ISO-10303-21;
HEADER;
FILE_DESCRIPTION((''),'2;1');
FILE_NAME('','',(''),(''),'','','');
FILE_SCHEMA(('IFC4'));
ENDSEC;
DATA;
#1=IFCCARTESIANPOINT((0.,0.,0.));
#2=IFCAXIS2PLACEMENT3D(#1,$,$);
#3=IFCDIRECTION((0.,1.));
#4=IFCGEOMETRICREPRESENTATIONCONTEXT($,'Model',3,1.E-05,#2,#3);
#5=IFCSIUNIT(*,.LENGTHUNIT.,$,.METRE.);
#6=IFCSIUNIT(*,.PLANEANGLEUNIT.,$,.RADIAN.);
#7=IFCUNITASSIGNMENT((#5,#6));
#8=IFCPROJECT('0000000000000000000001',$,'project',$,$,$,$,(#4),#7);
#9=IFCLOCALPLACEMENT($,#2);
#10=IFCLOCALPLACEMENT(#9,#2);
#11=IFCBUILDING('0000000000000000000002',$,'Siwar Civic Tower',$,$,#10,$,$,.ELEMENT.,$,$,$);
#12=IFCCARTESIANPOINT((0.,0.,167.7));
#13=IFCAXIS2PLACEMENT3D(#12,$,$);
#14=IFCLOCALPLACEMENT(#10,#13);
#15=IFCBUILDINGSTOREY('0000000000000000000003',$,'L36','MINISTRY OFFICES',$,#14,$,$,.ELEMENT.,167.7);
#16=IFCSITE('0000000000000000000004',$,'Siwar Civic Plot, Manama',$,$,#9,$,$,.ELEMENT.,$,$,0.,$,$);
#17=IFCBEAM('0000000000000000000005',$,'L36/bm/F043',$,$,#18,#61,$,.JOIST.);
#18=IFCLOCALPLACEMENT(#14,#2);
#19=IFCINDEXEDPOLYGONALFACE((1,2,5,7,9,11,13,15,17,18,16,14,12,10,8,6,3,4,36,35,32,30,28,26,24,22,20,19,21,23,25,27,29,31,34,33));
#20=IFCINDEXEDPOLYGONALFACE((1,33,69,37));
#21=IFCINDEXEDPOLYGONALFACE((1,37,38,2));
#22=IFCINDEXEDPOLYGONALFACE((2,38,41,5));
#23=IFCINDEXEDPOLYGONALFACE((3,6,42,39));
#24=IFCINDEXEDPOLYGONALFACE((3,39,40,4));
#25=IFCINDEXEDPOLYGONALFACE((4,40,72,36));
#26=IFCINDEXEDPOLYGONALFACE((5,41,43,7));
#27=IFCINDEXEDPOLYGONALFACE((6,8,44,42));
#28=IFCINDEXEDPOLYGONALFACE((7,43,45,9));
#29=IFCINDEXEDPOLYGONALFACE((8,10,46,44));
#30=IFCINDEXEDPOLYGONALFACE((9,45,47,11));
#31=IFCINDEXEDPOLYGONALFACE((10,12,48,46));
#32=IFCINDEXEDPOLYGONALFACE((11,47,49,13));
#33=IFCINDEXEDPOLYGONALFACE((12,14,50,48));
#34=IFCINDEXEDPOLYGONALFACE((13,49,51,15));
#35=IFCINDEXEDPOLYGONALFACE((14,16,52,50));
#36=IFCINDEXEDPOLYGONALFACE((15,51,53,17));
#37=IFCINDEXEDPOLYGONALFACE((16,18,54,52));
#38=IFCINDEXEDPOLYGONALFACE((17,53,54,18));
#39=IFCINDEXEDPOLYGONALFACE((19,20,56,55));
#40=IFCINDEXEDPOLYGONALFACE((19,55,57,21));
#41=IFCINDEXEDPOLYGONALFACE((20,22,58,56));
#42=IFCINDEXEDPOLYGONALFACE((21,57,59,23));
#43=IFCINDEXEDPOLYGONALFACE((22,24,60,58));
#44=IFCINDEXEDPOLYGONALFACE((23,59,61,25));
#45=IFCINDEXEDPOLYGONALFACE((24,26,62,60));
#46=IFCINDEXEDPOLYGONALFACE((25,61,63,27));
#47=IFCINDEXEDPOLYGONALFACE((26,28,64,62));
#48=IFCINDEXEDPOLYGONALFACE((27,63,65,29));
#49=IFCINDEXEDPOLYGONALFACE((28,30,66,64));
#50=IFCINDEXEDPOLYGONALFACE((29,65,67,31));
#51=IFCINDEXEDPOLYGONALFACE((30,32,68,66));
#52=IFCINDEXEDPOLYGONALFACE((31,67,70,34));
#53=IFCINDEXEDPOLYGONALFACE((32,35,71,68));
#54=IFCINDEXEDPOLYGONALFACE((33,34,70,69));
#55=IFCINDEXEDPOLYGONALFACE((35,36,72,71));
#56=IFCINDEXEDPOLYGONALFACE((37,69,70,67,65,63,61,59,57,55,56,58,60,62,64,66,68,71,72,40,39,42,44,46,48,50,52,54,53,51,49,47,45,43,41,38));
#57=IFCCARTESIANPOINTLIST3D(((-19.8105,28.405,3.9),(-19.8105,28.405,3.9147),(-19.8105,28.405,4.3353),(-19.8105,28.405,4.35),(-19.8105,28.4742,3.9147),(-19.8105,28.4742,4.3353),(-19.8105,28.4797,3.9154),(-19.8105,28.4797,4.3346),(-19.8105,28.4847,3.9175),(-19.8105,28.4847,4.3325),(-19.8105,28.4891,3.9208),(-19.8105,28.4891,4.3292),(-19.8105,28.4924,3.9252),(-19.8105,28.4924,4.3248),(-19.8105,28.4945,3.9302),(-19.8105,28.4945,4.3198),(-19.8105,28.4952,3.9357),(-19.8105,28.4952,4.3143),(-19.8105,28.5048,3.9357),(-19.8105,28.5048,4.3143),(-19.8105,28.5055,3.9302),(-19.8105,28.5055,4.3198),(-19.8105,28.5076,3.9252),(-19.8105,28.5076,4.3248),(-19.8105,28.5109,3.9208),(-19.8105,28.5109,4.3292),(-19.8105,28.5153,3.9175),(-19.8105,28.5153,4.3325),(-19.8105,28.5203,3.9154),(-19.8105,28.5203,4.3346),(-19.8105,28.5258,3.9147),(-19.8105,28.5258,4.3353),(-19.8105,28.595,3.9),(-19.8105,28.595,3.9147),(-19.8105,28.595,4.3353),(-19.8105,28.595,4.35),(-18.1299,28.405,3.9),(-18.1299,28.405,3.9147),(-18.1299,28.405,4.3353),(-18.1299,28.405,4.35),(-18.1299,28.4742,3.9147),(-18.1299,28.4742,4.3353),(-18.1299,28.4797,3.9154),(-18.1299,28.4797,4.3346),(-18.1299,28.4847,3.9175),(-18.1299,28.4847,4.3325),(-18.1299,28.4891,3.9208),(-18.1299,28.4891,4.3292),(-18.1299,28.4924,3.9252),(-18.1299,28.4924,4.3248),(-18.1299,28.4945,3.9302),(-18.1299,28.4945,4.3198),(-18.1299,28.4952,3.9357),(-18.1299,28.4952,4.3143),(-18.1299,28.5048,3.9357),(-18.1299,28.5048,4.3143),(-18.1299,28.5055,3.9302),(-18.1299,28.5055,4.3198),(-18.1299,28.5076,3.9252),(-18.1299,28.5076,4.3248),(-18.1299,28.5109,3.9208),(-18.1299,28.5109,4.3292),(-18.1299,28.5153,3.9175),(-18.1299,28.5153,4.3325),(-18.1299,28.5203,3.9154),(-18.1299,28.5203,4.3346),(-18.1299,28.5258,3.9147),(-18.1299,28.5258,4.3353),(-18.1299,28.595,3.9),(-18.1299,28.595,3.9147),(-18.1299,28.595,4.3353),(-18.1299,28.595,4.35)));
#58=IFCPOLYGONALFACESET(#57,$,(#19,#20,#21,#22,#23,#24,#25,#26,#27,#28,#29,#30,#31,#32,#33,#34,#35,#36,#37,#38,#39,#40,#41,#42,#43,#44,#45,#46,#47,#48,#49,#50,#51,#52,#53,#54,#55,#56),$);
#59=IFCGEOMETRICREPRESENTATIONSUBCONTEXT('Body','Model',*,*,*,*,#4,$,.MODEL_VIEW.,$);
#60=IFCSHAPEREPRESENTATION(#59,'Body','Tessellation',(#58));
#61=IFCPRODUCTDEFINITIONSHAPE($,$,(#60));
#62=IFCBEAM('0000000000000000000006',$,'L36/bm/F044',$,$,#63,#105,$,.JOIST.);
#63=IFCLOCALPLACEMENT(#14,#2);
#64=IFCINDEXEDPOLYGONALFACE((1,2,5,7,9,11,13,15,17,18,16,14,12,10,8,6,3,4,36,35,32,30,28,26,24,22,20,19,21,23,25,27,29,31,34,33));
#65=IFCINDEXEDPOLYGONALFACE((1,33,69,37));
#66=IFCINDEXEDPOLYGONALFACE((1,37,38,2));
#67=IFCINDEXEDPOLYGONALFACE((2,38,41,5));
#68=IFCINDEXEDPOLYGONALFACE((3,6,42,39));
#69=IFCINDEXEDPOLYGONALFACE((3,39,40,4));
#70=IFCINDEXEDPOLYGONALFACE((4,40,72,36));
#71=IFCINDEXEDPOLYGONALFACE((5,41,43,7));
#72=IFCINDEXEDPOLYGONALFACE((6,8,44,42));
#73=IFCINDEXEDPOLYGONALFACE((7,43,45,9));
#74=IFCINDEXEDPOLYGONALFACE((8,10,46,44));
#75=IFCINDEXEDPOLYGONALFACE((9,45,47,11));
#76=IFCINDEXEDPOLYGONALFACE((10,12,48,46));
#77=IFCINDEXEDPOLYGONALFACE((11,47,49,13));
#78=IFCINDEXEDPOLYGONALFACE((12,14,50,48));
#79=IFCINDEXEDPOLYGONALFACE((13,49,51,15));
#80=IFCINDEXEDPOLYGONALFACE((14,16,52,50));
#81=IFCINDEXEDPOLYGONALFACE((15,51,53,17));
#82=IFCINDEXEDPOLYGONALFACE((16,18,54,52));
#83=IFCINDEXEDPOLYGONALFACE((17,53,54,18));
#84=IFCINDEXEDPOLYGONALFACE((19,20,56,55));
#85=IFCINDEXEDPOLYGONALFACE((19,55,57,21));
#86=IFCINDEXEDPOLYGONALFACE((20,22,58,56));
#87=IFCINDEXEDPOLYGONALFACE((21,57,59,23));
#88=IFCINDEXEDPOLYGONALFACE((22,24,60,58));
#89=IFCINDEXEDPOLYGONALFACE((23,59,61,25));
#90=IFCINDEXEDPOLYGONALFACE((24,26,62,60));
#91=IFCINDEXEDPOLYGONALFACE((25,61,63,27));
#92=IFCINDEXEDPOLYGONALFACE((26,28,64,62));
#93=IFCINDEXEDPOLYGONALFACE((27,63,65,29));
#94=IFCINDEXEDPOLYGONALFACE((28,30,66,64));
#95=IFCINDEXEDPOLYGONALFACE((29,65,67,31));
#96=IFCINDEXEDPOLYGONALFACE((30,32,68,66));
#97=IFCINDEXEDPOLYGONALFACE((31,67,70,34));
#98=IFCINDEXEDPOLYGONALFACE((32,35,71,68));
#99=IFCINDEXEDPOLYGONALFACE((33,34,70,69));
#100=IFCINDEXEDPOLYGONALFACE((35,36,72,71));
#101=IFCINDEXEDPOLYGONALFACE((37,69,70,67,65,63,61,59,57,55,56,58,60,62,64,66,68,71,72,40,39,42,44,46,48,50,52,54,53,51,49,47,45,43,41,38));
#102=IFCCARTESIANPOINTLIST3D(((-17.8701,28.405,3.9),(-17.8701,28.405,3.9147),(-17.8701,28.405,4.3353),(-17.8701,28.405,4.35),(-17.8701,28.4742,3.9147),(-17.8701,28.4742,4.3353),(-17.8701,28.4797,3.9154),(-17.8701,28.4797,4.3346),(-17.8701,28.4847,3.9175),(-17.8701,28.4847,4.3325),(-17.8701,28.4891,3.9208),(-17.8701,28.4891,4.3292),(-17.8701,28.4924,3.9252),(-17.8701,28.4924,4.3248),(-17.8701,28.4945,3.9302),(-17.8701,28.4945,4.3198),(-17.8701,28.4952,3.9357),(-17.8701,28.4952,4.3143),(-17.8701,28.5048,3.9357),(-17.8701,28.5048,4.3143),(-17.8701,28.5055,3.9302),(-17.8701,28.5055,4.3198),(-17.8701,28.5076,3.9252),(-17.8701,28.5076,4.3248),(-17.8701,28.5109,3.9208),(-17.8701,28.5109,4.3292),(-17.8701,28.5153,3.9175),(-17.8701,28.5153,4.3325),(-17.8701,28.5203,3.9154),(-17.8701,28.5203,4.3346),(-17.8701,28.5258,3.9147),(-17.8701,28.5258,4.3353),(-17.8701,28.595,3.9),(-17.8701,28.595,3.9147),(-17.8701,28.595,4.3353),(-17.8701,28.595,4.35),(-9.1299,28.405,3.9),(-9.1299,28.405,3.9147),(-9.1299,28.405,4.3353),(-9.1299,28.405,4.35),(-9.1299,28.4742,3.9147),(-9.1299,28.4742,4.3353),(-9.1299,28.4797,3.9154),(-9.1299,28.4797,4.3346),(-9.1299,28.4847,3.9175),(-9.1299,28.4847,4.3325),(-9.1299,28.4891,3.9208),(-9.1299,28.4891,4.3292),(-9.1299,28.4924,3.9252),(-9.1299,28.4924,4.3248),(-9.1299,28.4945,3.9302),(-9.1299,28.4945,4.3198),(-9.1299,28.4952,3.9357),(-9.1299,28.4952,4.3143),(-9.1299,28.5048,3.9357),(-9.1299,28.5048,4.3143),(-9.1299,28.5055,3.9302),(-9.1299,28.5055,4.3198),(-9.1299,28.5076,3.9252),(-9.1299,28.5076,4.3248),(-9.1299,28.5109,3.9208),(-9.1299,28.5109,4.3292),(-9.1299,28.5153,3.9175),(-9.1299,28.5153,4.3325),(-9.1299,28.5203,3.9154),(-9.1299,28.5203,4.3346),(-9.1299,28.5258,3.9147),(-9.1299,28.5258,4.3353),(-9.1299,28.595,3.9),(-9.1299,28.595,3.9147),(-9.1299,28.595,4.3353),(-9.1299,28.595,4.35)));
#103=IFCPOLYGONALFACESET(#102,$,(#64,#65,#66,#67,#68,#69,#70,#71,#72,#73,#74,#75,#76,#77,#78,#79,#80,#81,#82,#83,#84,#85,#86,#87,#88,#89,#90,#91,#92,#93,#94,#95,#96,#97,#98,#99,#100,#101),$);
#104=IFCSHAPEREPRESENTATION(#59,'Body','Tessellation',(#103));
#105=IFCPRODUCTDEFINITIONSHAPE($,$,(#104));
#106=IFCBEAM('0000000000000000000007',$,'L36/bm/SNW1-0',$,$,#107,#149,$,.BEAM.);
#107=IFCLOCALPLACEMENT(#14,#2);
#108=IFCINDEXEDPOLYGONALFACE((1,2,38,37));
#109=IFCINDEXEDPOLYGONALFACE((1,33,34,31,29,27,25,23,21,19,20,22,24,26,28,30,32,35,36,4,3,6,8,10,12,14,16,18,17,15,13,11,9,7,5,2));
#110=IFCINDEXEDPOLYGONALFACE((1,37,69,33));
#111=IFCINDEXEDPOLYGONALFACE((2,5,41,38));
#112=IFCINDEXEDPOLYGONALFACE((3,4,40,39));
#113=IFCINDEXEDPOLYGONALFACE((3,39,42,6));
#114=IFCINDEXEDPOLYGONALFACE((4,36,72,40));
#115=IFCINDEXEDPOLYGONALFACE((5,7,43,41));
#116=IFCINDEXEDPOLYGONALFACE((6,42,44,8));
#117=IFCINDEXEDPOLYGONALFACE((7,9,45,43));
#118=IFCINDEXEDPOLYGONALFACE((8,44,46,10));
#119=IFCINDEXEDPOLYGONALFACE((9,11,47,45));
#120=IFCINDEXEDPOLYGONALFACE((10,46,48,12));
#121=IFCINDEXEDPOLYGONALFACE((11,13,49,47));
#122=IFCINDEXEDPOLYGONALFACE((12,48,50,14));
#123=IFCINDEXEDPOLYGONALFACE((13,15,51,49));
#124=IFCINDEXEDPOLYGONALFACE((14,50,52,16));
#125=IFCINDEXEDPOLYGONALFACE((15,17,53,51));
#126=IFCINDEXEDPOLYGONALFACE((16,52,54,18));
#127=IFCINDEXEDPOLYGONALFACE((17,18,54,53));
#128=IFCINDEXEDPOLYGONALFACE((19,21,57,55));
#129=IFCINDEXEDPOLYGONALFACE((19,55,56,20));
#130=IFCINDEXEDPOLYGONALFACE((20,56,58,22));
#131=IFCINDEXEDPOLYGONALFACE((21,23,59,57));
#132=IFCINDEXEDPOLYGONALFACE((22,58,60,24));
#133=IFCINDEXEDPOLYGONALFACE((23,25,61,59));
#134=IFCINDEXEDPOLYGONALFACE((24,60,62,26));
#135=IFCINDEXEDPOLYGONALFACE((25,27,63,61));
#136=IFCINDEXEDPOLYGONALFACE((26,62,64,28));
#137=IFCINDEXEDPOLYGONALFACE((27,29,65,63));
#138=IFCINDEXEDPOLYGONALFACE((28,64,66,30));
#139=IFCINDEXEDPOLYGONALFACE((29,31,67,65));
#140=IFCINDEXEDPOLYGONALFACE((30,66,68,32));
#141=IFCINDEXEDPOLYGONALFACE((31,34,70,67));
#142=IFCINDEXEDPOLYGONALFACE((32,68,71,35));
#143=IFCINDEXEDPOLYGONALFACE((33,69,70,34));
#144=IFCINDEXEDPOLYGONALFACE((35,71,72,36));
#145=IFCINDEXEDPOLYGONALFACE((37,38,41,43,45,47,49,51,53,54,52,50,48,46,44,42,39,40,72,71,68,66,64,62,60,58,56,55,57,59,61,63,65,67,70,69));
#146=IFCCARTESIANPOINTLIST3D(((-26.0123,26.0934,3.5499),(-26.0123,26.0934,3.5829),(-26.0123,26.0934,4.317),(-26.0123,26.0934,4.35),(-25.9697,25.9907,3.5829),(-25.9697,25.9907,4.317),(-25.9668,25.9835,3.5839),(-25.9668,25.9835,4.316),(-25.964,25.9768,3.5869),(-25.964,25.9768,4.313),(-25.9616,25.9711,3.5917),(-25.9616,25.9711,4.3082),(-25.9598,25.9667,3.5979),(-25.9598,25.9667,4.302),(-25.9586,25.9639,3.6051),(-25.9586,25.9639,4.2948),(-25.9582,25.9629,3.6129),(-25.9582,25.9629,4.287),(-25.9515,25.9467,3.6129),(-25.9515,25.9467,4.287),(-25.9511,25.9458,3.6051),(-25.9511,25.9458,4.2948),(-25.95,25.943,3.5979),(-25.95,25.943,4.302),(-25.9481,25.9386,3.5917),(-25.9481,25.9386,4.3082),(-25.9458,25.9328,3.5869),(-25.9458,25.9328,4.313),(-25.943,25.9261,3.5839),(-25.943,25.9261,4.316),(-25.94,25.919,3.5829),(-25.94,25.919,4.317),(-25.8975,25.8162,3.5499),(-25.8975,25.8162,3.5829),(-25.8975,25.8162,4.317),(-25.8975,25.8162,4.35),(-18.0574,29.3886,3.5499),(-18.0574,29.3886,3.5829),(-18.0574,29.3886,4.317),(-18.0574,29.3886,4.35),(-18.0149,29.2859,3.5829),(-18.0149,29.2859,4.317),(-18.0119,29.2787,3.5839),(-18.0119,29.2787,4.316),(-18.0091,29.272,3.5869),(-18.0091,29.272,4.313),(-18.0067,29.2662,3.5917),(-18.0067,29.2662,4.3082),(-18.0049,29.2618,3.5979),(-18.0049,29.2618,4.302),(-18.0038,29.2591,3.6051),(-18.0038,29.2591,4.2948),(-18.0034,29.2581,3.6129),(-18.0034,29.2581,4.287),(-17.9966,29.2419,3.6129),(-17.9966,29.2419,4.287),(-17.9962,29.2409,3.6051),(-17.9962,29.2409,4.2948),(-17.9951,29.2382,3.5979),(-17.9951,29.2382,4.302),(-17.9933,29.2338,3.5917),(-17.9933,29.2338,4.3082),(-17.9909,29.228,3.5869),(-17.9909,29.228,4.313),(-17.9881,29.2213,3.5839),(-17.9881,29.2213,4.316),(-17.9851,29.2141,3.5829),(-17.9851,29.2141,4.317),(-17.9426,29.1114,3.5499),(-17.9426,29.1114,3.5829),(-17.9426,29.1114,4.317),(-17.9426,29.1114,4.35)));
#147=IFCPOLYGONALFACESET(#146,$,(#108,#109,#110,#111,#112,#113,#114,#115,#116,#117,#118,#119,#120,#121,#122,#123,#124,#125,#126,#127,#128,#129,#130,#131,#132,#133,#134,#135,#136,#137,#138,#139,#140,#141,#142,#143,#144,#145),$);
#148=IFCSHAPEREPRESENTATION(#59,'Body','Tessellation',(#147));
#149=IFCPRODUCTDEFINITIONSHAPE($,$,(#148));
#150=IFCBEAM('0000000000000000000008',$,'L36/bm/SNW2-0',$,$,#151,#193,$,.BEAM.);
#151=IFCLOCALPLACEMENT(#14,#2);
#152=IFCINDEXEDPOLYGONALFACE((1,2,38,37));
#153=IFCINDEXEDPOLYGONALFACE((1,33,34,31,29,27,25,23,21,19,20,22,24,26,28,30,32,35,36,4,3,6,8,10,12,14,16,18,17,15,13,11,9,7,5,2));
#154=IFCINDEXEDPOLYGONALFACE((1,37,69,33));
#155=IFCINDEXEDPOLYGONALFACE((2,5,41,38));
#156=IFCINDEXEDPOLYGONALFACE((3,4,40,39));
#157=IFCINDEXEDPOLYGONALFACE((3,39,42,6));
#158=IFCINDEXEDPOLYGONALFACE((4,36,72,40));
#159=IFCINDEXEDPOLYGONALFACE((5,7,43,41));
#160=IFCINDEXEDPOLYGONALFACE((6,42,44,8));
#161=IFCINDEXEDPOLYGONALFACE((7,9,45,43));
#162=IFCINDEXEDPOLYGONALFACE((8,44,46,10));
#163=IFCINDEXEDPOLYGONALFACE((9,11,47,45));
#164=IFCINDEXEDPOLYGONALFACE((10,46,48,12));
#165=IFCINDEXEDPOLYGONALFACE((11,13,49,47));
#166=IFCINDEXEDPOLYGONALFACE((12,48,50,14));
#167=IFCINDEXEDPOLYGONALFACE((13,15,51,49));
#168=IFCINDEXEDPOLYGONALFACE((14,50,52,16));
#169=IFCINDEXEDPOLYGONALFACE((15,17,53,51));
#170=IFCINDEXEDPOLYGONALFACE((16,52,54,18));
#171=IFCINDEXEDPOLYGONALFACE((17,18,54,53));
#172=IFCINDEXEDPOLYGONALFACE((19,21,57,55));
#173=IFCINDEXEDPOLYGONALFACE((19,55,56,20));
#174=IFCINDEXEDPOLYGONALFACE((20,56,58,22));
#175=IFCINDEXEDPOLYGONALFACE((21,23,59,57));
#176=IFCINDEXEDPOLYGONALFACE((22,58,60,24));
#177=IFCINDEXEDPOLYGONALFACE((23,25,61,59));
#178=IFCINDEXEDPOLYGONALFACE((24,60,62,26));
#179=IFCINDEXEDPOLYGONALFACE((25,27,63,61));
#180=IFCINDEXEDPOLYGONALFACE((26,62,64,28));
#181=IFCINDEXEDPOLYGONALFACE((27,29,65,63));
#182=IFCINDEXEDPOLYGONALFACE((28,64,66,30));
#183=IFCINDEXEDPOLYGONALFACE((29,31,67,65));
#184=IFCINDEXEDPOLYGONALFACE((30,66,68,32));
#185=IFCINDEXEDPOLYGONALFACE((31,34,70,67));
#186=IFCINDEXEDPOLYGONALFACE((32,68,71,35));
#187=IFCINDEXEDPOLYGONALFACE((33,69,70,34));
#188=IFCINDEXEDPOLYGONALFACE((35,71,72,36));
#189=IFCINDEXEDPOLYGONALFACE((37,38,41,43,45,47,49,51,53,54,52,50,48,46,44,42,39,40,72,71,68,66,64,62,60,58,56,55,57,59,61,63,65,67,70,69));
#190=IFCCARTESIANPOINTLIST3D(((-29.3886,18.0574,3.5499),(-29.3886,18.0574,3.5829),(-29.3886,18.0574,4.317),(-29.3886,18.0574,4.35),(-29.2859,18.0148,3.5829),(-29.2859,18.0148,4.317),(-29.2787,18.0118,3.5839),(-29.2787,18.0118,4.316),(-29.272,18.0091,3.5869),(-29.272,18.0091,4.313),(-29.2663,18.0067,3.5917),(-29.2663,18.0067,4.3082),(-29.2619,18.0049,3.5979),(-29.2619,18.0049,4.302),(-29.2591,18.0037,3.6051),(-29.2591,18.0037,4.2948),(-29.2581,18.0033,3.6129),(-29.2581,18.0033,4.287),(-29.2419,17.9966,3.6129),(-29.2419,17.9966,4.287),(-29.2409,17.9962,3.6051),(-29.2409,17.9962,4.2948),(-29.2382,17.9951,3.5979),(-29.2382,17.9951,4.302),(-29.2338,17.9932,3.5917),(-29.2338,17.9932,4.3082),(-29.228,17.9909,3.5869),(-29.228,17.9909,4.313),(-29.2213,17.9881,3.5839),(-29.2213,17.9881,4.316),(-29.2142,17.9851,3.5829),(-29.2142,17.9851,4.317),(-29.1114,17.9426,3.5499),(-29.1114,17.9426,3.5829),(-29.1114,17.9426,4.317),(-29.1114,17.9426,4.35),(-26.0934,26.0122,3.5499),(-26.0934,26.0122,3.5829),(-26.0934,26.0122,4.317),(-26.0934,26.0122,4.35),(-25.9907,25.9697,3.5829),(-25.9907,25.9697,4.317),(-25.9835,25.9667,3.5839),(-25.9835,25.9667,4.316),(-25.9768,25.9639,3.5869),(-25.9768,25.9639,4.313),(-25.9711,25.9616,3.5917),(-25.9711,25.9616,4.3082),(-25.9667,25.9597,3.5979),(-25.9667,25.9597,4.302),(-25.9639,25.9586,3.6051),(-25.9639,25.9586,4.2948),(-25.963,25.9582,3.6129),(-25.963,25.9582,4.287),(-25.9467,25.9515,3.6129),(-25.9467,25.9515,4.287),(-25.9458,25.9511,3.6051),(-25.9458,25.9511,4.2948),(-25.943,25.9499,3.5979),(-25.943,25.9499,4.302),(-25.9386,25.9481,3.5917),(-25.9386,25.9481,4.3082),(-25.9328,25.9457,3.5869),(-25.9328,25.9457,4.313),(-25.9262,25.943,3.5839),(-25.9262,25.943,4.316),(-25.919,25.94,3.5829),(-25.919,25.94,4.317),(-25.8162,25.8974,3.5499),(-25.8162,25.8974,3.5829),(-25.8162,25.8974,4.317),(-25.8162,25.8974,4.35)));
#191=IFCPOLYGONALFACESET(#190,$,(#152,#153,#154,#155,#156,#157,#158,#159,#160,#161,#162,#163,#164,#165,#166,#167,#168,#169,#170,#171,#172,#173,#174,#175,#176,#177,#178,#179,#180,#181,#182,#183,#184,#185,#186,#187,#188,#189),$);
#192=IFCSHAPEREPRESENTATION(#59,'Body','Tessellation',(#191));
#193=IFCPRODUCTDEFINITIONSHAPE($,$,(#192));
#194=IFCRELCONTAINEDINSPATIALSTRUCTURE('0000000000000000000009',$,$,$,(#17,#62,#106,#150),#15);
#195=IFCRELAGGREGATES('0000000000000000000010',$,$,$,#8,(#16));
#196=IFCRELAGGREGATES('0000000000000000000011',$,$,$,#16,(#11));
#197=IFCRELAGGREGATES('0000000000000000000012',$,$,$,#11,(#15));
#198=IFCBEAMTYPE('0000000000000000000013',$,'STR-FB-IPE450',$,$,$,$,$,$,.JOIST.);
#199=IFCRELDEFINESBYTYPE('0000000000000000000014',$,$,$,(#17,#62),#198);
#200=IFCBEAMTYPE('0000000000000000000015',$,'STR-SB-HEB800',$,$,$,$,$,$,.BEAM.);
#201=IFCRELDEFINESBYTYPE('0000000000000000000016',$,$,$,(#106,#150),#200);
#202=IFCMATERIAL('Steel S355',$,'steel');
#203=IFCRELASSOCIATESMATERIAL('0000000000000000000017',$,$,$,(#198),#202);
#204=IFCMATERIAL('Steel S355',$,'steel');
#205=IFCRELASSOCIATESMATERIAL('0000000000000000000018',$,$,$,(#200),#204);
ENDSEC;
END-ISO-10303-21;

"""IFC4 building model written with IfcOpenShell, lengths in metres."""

from ifc_helpers import new_model, si_unit, direction, frame, origin, origin_2d, place, context, subcontext, project, spatial, i_section, extrude, material, material_profile, profile_set, type_object, element, save


model = new_model("IFC4")

# Units and contexts
model_context = context("Model", 3, precision=1e-05, world=origin(), true_north=direction((0.0, 1.0)))
body_context = subcontext(model_context, "Body", "Model", "MODEL_VIEW")
ifc_project = project(units=[si_unit("LENGTHUNIT", "METRE"), si_unit("PLANEANGLEUNIT", "RADIAN")], contexts=[model_context])

# Site, building, storey
site_placement = place(None, origin())
site = spatial("IfcSite", under=ifc_project, at=site_placement, Name="Siwar Civic Plot, Manama", CompositionType="ELEMENT", RefElevation=0.0)
building_placement = place(site_placement, origin())
building = spatial("IfcBuilding", under=site, at=building_placement, Name="Siwar Civic Tower", CompositionType="ELEMENT")
storey_placement = place(building_placement, frame((0.0, 0.0, 167.7)))
storey = spatial("IfcBuildingStorey", under=building, at=storey_placement, Name="L36", Description="MINISTRY OFFICES", CompositionType="ELEMENT", Elevation=167.7)

# Beams
ifc_material_1 = material(Name="Steel S355", Category="steel")
ifc_material_profile_1 = material_profile(ifc_material_1, i_section(OverallWidth=0.1899, OverallDepth=0.45, WebThickness=0.0095, FlangeThickness=0.0146, FilletRadius=0.021, at=origin_2d()), Name="IPE450")
ifc_profile_set_1 = profile_set([ifc_material_profile_1], Name="Steel S355")
beam_type_1 = type_object("IfcBeamType", Name="STR-FB-IPE450", PredefinedType="JOIST", material=ifc_profile_set_1)
beam_1_placement = place(storey_placement, frame((-19.8105, 28.5, 4.125), z_axis=(1.0, 0.0, 0.0), x_axis=(0.0, 1.0, 0.0)))
element("IfcBeam", 1, at=beam_1_placement, inside=storey, type_object=beam_type_1, Name="L36/bm/F043", PredefinedType="JOIST", context=body_context, shape_type="SweptSolid", body=[
    extrude(i_section(OverallWidth=0.1899, OverallDepth=0.45, WebThickness=0.0095, FlangeThickness=0.0146, FilletRadius=0.021, at=origin_2d()), origin(), (0.0, 0.0, 1.0), 1.6807),
])
beam_2_placement = place(storey_placement, frame((-17.8701, 28.5, 4.125), z_axis=(1.0, 0.0, 0.0), x_axis=(0.0, 1.0, 0.0)))
element("IfcBeam", 2, at=beam_2_placement, inside=storey, type_object=beam_type_1, Name="L36/bm/F044", PredefinedType="JOIST", context=body_context, shape_type="SweptSolid", body=[
    extrude(i_section(OverallWidth=0.1899, OverallDepth=0.45, WebThickness=0.0095, FlangeThickness=0.0146, FilletRadius=0.021, at=origin_2d()), origin(), (0.0, 0.0, 1.0), 8.7402),
])
ifc_material_2 = material(Name="Steel S355", Category="steel")
ifc_material_profile_2 = material_profile(ifc_material_2, i_section(OverallWidth=0.3, OverallDepth=0.8, WebThickness=0.0176, FlangeThickness=0.033, FilletRadius=0.03, at=origin_2d()), Name="HEB800")
ifc_profile_set_2 = profile_set([ifc_material_profile_2], Name="Steel S355")
beam_type_2 = type_object("IfcBeamType", Name="STR-SB-HEB800", PredefinedType="BEAM", material=ifc_profile_set_2)
for number, where, z_axis, x_axis, name in (
    (3, (-18.0, 29.25, 3.95), (-0.923873, -0.3827, 0.0), (0.3827, -0.923873, 0.0), "L36/bm/SNW1-0"),
    (4, (-25.9548, 25.9548, 3.95), (-0.3827, -0.923873, 0.0), (0.923873, -0.3827, 0.0), "L36/bm/SNW2-0"),
):
    element("IfcBeam", number, at=place(storey_placement, frame(where, z_axis=z_axis, x_axis=x_axis)), inside=storey, type_object=beam_type_2, Name=name, PredefinedType="BEAM", context=body_context, shape_type="SweptSolid", body=[
        extrude(i_section(OverallWidth=0.3, OverallDepth=0.8, WebThickness=0.0176, FlangeThickness=0.033, FilletRadius=0.03, at=origin_2d()), origin(), (0.0, 0.0, 1.0), 8.6104),
    ])

save(model, "model.ifc")
